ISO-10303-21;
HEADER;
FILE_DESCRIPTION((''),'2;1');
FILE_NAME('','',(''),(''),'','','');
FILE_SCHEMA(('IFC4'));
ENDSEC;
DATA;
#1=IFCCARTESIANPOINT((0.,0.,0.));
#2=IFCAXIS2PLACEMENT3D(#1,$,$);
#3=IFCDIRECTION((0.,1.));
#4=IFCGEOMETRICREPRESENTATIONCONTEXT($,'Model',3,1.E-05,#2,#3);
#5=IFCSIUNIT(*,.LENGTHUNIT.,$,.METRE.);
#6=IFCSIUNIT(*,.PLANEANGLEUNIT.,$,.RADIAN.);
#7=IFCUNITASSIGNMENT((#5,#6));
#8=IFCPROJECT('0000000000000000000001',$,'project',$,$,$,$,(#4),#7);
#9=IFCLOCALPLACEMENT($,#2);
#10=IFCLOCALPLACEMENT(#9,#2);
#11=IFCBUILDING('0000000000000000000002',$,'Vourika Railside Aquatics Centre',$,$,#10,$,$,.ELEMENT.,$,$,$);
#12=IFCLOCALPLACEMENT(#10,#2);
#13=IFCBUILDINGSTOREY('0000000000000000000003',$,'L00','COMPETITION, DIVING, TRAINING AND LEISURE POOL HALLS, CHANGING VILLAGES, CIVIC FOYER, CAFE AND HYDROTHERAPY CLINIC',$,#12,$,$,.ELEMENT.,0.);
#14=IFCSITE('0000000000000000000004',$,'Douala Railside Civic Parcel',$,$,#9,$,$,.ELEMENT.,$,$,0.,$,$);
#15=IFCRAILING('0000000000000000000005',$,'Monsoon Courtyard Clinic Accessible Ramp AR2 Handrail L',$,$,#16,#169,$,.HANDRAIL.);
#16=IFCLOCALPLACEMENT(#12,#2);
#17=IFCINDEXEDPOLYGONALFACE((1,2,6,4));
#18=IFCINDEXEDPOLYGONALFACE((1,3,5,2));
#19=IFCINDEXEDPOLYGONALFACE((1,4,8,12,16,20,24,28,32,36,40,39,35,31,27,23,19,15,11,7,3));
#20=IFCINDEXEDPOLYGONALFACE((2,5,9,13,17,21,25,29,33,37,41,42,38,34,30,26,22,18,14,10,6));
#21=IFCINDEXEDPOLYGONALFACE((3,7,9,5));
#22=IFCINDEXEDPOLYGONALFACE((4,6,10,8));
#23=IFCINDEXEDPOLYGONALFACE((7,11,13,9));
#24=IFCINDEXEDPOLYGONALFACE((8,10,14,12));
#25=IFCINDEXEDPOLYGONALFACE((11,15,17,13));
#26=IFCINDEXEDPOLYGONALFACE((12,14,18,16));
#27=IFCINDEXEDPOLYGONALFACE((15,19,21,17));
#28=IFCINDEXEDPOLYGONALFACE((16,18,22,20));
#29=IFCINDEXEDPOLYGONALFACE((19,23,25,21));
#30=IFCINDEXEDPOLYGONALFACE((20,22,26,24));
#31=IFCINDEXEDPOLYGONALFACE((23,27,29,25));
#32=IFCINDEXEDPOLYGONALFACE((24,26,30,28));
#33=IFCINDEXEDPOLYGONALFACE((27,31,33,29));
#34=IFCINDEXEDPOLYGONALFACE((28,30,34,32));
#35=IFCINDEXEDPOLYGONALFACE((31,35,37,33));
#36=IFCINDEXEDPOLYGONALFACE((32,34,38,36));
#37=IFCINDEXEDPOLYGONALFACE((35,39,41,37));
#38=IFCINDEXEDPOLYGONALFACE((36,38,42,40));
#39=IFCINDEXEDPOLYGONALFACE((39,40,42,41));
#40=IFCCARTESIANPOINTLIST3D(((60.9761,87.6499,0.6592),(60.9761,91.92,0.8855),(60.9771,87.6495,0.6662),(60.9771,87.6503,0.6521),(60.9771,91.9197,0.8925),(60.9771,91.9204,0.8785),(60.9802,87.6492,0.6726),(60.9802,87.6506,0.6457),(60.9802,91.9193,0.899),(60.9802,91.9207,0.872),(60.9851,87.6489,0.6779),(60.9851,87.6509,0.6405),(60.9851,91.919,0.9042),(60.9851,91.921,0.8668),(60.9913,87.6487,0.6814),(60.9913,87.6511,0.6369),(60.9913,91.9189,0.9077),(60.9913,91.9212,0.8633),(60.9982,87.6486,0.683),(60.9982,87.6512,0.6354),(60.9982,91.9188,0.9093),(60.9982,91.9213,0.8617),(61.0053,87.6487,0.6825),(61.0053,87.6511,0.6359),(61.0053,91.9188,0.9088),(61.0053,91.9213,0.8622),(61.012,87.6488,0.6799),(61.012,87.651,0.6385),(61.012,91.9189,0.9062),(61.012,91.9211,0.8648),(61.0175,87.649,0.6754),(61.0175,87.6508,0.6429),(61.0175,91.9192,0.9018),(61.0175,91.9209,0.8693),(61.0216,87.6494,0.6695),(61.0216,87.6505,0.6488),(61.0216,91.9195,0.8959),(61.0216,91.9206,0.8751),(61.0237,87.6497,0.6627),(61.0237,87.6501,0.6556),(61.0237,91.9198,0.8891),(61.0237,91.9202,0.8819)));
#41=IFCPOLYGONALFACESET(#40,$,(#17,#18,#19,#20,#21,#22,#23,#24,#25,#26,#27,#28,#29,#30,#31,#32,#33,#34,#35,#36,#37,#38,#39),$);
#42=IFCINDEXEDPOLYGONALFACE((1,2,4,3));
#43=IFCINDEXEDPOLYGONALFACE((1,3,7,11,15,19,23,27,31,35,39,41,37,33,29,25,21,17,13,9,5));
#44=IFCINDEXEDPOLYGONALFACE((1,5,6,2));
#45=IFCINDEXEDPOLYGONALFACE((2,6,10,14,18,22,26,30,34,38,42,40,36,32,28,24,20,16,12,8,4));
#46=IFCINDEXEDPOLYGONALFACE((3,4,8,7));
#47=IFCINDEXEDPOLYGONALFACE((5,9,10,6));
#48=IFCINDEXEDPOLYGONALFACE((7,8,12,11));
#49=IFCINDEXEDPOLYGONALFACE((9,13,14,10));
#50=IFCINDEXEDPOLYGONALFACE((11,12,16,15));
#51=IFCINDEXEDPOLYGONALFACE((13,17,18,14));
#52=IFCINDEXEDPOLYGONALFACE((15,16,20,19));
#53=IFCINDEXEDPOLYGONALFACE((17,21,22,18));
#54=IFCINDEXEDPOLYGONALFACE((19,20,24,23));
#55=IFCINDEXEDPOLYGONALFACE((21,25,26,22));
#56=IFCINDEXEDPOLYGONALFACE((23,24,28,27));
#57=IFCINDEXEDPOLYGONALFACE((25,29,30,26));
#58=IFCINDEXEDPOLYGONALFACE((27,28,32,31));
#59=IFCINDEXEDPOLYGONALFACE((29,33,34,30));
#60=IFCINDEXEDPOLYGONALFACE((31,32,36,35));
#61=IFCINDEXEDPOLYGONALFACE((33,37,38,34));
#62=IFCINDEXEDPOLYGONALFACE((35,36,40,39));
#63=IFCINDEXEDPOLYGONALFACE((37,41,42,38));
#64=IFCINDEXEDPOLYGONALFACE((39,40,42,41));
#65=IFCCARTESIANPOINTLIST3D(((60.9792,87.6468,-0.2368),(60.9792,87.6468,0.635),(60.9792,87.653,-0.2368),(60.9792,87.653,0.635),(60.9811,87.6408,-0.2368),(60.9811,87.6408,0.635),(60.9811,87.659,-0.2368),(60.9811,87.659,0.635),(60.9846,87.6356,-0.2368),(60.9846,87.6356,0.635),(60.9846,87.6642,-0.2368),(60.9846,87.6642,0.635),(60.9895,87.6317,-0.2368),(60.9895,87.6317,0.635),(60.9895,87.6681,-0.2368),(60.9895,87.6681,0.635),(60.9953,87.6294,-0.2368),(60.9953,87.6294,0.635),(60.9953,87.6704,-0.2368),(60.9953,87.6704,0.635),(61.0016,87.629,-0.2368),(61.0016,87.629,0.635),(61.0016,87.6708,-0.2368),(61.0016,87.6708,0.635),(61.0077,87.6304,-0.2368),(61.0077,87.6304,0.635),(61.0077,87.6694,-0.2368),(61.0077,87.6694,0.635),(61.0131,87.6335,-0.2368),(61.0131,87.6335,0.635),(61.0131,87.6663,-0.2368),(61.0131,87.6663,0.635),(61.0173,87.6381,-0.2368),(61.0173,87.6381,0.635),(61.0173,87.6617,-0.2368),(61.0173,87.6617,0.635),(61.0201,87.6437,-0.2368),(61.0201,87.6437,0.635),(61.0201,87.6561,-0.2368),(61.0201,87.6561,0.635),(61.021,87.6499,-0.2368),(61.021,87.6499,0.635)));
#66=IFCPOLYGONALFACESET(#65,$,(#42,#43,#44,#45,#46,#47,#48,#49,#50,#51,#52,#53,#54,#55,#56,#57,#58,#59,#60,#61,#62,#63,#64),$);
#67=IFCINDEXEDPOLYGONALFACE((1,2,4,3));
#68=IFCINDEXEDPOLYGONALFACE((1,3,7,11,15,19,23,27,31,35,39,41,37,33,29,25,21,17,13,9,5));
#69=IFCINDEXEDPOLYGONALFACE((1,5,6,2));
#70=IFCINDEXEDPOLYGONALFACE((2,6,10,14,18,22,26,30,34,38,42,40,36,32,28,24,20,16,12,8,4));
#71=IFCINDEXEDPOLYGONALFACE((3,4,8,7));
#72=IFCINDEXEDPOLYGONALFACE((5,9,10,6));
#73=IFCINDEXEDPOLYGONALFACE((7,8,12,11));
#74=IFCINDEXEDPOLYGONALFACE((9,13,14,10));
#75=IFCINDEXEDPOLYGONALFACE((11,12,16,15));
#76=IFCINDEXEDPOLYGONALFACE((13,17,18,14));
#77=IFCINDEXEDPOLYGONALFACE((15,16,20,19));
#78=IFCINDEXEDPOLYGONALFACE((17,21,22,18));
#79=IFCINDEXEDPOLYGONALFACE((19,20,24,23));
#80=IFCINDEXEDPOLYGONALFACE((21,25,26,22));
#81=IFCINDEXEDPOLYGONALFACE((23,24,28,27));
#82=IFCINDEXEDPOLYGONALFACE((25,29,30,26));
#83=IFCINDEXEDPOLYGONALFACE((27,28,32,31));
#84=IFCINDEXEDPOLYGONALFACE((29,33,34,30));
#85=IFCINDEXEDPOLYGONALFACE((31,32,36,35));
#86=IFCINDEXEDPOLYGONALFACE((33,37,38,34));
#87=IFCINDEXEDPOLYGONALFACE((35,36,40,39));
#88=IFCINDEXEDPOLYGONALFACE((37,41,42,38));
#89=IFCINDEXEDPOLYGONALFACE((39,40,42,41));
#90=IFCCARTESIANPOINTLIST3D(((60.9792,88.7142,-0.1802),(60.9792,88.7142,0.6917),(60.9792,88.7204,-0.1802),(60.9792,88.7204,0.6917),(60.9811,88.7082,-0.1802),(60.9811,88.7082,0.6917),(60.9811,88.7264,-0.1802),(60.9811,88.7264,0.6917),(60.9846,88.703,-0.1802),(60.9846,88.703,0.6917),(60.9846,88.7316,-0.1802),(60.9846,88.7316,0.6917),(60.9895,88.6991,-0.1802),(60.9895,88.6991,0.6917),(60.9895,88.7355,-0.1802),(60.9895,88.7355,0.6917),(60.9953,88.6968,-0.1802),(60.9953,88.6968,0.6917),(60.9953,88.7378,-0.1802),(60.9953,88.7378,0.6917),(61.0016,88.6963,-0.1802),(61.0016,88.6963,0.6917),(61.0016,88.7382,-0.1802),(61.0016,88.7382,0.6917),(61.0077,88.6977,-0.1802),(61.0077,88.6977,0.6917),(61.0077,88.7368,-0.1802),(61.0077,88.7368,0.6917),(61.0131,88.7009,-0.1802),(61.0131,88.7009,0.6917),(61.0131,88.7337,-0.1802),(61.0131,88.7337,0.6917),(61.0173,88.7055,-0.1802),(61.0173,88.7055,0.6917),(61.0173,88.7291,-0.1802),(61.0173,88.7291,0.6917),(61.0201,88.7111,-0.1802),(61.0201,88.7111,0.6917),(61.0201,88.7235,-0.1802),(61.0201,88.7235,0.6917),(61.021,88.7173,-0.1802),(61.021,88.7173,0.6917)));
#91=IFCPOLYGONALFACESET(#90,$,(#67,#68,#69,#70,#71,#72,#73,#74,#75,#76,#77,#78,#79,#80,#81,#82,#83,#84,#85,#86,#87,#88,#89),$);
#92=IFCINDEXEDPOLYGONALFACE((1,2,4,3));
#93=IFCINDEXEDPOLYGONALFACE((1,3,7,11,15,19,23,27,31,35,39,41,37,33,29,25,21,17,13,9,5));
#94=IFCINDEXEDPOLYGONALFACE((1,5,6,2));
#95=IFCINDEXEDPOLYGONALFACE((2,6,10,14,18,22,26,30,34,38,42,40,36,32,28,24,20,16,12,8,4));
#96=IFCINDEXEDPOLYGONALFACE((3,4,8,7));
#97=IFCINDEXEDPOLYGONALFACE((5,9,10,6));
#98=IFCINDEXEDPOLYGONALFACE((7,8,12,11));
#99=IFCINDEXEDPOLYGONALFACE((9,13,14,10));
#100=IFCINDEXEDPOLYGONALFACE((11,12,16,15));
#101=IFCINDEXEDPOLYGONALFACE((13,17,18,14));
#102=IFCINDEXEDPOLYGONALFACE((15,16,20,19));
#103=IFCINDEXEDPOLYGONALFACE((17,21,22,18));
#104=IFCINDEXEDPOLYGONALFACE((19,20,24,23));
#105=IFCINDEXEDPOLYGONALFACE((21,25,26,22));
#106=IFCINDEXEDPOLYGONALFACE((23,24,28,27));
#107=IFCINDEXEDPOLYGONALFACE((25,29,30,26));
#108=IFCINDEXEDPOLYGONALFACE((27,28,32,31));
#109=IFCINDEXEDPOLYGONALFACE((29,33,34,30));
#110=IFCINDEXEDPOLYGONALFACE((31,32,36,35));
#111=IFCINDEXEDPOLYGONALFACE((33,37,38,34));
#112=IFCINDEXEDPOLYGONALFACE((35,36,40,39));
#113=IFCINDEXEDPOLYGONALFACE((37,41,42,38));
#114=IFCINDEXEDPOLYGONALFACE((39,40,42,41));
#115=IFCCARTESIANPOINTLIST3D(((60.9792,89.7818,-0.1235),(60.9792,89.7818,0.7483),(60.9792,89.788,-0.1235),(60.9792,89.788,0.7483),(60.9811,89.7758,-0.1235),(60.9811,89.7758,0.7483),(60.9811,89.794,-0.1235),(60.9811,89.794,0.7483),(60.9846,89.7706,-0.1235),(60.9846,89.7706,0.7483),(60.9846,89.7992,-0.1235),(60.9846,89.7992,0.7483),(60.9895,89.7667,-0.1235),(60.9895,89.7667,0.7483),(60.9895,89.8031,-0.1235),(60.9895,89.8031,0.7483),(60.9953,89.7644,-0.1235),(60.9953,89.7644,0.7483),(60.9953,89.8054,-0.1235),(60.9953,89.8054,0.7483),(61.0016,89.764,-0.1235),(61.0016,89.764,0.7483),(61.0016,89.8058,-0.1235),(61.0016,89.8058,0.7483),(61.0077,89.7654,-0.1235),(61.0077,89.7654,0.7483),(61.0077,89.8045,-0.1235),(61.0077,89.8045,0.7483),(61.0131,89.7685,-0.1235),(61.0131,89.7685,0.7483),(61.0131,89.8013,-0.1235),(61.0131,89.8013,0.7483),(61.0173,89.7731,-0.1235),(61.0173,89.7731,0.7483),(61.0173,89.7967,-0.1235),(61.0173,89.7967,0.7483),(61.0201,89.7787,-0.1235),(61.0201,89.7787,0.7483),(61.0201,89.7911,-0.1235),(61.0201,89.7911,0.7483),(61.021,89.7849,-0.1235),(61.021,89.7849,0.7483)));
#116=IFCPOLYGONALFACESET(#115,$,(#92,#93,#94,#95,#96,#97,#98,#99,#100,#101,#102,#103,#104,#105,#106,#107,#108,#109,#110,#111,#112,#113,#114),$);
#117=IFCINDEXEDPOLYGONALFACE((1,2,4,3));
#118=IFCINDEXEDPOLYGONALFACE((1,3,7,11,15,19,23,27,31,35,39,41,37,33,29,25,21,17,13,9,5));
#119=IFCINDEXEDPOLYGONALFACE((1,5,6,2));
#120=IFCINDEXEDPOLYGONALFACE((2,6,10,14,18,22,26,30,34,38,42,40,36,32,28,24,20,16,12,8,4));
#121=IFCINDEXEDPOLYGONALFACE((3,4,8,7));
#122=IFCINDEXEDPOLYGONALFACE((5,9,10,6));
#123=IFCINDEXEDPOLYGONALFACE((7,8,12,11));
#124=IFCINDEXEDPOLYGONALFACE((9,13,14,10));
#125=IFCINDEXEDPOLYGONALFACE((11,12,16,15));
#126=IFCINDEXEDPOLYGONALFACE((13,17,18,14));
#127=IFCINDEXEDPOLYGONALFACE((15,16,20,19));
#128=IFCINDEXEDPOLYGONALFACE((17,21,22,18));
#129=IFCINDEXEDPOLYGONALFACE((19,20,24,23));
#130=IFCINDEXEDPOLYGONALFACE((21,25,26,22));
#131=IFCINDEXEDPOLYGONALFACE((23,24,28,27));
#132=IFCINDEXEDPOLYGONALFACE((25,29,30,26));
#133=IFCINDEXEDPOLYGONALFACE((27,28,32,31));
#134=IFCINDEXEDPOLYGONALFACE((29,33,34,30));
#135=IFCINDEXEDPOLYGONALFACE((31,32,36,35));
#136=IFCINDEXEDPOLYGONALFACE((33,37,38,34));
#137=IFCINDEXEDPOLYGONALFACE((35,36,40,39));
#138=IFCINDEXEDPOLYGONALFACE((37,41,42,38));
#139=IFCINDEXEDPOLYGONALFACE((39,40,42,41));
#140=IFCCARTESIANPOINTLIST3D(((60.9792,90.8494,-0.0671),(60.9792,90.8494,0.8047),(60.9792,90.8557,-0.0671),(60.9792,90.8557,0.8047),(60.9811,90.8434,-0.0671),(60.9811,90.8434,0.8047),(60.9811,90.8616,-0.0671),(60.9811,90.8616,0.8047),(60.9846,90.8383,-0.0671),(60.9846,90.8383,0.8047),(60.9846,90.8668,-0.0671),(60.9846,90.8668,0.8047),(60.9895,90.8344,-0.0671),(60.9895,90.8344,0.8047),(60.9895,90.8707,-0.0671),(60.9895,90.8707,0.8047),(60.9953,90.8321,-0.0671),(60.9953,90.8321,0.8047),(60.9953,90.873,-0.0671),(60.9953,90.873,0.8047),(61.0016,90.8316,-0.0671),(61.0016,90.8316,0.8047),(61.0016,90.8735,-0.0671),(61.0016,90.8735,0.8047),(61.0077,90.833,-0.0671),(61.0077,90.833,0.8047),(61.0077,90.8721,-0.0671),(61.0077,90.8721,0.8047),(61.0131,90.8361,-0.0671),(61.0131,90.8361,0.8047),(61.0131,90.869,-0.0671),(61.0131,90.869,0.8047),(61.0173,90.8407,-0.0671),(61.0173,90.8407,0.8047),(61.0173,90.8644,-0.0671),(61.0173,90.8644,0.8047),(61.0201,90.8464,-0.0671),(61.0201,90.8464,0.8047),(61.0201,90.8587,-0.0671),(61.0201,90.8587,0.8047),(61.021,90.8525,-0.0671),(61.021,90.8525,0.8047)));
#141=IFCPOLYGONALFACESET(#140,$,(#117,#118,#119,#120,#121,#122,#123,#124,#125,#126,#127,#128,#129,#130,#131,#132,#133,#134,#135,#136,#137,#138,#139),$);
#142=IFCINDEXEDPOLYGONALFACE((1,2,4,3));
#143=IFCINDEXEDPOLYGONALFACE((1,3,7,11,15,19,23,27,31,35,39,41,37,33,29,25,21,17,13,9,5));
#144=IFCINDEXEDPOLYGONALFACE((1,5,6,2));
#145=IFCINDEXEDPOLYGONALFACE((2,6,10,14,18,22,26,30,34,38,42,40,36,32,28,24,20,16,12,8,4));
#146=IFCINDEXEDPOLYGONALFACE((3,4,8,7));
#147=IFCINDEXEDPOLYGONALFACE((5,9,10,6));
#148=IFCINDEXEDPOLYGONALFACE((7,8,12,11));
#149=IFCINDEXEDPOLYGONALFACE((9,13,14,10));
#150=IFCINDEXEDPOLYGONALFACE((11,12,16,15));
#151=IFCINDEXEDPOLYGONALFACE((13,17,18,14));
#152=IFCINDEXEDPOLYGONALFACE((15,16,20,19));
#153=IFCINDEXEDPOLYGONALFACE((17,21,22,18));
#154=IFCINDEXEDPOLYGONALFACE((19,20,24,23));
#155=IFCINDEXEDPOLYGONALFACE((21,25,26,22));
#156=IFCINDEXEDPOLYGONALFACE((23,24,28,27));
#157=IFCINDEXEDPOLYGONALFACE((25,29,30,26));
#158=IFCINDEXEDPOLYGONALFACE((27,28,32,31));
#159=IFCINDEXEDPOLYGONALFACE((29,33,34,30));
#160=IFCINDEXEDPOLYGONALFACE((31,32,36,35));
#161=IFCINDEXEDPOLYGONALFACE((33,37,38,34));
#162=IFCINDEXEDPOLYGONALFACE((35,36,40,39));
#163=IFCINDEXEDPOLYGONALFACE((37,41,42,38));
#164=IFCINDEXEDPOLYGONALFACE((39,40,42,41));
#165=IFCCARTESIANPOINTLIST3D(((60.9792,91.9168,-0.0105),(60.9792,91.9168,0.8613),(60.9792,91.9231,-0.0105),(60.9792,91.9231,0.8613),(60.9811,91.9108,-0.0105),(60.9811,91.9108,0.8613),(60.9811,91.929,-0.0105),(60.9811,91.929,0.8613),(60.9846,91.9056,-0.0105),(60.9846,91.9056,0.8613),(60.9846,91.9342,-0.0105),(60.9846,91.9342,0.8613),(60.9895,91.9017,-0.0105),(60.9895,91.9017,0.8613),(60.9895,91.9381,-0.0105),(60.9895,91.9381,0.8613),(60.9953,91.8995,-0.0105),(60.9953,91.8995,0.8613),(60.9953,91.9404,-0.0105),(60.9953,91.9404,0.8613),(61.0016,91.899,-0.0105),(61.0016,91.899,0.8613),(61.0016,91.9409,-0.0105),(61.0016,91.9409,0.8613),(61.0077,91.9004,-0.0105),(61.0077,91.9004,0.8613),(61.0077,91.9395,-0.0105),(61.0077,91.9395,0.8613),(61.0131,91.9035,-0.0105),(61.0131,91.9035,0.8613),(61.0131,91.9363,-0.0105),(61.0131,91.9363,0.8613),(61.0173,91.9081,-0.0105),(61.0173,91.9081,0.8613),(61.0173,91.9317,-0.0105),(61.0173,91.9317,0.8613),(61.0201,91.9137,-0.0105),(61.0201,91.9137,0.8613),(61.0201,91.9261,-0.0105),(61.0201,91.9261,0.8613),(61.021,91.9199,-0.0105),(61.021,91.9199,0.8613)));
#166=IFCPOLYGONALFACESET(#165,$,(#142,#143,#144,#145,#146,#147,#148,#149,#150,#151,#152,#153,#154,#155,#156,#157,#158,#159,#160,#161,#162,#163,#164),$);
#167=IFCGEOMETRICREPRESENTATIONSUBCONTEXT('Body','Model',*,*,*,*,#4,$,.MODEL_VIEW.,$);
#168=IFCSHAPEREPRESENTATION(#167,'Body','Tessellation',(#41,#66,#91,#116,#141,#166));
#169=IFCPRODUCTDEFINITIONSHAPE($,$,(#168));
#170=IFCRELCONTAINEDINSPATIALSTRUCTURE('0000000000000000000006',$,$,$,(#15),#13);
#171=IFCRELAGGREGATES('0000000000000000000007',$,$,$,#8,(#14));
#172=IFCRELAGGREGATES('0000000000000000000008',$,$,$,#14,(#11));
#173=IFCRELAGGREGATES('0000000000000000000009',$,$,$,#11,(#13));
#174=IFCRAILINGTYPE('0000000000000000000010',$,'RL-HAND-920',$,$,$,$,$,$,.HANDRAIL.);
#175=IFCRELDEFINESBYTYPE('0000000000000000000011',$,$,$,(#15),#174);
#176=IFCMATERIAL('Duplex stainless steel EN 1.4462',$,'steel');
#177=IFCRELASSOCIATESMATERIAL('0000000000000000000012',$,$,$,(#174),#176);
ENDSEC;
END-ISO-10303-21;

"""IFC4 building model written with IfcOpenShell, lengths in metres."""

from ifc_helpers import new_model, si_unit, direction, frame, origin, origin_2d, place, context, subcontext, project, spatial, circle, extrude, material, type_object, element, save


model = new_model("IFC4")

# Units and contexts
model_context = context("Model", 3, precision=1e-05, world=origin(), true_north=direction((0.0, 1.0)))
body_context = subcontext(model_context, "Body", "Model", "MODEL_VIEW")
ifc_project = project(units=[si_unit("LENGTHUNIT", "METRE"), si_unit("PLANEANGLEUNIT", "RADIAN")], contexts=[model_context])

# Site, building, storey
site_placement = place(None, origin())
site = spatial("IfcSite", under=ifc_project, at=site_placement, Name="Douala Railside Civic Parcel", CompositionType="ELEMENT", RefElevation=0.0)
building_placement = place(site_placement, origin())
building = spatial("IfcBuilding", under=site, at=building_placement, Name="Vourika Railside Aquatics Centre", CompositionType="ELEMENT")
storey_placement = place(building_placement, origin())
storey = spatial("IfcBuildingStorey", under=building, at=storey_placement, Name="L00", Description="COMPETITION, DIVING, TRAINING AND LEISURE POOL HALLS, CHANGING VILLAGES, CIVIC FOYER, CAFE AND HYDROTHERAPY CLINIC", CompositionType="ELEMENT", Elevation=0.0)

# Railing
ifc_material_1 = material(Name="Duplex stainless steel EN 1.4462", Category="steel")
railing_type = type_object("IfcRailingType", Name="RL-HAND-920", PredefinedType="HANDRAIL", material=ifc_material_1)
for number, where, name in (
    (1, (61.0, 87.6499, -0.2368), "Monsoon Courtyard Clinic Accessible Ramp AR2 Handrail L"),
):
    element("IfcRailing", number, at=place(storey_placement, frame(where)), inside=storey, type_object=railing_type, Name=name, PredefinedType="HANDRAIL", context=body_context, shape_type="SweptSolid", body=[
        extrude(circle(Radius=0.0239, at=origin_2d()), frame((0.0, 0.0, 0.896), z_axis=(0.0, 0.998598, 0.052927), x_axis=(-1.0, 0.0, 0.0)), (0.0, 0.0, 1.0), 4.2761),
        extrude(circle(Radius=0.021, at=origin_2d()), origin(), (0.0, 0.0, 1.0), 0.8718),
        extrude(circle(Radius=0.021, at=origin_2d()), frame((0.0, 1.0674, 0.0566)), (0.0, 0.0, 1.0), 0.8718),
        extrude(circle(Radius=0.021, at=origin_2d()), frame((0.0, 2.135, 0.1133)), (0.0, 0.0, 1.0), 0.8718),
        extrude(circle(Radius=0.021, at=origin_2d()), frame((0.0, 3.2026, 0.1697)), (0.0, 0.0, 1.0), 0.8718),
        extrude(circle(Radius=0.021, at=origin_2d()), frame((0.0, 4.27, 0.2263)), (0.0, 0.0, 1.0), 0.8718),
    ])

save(model, "model.ifc")
